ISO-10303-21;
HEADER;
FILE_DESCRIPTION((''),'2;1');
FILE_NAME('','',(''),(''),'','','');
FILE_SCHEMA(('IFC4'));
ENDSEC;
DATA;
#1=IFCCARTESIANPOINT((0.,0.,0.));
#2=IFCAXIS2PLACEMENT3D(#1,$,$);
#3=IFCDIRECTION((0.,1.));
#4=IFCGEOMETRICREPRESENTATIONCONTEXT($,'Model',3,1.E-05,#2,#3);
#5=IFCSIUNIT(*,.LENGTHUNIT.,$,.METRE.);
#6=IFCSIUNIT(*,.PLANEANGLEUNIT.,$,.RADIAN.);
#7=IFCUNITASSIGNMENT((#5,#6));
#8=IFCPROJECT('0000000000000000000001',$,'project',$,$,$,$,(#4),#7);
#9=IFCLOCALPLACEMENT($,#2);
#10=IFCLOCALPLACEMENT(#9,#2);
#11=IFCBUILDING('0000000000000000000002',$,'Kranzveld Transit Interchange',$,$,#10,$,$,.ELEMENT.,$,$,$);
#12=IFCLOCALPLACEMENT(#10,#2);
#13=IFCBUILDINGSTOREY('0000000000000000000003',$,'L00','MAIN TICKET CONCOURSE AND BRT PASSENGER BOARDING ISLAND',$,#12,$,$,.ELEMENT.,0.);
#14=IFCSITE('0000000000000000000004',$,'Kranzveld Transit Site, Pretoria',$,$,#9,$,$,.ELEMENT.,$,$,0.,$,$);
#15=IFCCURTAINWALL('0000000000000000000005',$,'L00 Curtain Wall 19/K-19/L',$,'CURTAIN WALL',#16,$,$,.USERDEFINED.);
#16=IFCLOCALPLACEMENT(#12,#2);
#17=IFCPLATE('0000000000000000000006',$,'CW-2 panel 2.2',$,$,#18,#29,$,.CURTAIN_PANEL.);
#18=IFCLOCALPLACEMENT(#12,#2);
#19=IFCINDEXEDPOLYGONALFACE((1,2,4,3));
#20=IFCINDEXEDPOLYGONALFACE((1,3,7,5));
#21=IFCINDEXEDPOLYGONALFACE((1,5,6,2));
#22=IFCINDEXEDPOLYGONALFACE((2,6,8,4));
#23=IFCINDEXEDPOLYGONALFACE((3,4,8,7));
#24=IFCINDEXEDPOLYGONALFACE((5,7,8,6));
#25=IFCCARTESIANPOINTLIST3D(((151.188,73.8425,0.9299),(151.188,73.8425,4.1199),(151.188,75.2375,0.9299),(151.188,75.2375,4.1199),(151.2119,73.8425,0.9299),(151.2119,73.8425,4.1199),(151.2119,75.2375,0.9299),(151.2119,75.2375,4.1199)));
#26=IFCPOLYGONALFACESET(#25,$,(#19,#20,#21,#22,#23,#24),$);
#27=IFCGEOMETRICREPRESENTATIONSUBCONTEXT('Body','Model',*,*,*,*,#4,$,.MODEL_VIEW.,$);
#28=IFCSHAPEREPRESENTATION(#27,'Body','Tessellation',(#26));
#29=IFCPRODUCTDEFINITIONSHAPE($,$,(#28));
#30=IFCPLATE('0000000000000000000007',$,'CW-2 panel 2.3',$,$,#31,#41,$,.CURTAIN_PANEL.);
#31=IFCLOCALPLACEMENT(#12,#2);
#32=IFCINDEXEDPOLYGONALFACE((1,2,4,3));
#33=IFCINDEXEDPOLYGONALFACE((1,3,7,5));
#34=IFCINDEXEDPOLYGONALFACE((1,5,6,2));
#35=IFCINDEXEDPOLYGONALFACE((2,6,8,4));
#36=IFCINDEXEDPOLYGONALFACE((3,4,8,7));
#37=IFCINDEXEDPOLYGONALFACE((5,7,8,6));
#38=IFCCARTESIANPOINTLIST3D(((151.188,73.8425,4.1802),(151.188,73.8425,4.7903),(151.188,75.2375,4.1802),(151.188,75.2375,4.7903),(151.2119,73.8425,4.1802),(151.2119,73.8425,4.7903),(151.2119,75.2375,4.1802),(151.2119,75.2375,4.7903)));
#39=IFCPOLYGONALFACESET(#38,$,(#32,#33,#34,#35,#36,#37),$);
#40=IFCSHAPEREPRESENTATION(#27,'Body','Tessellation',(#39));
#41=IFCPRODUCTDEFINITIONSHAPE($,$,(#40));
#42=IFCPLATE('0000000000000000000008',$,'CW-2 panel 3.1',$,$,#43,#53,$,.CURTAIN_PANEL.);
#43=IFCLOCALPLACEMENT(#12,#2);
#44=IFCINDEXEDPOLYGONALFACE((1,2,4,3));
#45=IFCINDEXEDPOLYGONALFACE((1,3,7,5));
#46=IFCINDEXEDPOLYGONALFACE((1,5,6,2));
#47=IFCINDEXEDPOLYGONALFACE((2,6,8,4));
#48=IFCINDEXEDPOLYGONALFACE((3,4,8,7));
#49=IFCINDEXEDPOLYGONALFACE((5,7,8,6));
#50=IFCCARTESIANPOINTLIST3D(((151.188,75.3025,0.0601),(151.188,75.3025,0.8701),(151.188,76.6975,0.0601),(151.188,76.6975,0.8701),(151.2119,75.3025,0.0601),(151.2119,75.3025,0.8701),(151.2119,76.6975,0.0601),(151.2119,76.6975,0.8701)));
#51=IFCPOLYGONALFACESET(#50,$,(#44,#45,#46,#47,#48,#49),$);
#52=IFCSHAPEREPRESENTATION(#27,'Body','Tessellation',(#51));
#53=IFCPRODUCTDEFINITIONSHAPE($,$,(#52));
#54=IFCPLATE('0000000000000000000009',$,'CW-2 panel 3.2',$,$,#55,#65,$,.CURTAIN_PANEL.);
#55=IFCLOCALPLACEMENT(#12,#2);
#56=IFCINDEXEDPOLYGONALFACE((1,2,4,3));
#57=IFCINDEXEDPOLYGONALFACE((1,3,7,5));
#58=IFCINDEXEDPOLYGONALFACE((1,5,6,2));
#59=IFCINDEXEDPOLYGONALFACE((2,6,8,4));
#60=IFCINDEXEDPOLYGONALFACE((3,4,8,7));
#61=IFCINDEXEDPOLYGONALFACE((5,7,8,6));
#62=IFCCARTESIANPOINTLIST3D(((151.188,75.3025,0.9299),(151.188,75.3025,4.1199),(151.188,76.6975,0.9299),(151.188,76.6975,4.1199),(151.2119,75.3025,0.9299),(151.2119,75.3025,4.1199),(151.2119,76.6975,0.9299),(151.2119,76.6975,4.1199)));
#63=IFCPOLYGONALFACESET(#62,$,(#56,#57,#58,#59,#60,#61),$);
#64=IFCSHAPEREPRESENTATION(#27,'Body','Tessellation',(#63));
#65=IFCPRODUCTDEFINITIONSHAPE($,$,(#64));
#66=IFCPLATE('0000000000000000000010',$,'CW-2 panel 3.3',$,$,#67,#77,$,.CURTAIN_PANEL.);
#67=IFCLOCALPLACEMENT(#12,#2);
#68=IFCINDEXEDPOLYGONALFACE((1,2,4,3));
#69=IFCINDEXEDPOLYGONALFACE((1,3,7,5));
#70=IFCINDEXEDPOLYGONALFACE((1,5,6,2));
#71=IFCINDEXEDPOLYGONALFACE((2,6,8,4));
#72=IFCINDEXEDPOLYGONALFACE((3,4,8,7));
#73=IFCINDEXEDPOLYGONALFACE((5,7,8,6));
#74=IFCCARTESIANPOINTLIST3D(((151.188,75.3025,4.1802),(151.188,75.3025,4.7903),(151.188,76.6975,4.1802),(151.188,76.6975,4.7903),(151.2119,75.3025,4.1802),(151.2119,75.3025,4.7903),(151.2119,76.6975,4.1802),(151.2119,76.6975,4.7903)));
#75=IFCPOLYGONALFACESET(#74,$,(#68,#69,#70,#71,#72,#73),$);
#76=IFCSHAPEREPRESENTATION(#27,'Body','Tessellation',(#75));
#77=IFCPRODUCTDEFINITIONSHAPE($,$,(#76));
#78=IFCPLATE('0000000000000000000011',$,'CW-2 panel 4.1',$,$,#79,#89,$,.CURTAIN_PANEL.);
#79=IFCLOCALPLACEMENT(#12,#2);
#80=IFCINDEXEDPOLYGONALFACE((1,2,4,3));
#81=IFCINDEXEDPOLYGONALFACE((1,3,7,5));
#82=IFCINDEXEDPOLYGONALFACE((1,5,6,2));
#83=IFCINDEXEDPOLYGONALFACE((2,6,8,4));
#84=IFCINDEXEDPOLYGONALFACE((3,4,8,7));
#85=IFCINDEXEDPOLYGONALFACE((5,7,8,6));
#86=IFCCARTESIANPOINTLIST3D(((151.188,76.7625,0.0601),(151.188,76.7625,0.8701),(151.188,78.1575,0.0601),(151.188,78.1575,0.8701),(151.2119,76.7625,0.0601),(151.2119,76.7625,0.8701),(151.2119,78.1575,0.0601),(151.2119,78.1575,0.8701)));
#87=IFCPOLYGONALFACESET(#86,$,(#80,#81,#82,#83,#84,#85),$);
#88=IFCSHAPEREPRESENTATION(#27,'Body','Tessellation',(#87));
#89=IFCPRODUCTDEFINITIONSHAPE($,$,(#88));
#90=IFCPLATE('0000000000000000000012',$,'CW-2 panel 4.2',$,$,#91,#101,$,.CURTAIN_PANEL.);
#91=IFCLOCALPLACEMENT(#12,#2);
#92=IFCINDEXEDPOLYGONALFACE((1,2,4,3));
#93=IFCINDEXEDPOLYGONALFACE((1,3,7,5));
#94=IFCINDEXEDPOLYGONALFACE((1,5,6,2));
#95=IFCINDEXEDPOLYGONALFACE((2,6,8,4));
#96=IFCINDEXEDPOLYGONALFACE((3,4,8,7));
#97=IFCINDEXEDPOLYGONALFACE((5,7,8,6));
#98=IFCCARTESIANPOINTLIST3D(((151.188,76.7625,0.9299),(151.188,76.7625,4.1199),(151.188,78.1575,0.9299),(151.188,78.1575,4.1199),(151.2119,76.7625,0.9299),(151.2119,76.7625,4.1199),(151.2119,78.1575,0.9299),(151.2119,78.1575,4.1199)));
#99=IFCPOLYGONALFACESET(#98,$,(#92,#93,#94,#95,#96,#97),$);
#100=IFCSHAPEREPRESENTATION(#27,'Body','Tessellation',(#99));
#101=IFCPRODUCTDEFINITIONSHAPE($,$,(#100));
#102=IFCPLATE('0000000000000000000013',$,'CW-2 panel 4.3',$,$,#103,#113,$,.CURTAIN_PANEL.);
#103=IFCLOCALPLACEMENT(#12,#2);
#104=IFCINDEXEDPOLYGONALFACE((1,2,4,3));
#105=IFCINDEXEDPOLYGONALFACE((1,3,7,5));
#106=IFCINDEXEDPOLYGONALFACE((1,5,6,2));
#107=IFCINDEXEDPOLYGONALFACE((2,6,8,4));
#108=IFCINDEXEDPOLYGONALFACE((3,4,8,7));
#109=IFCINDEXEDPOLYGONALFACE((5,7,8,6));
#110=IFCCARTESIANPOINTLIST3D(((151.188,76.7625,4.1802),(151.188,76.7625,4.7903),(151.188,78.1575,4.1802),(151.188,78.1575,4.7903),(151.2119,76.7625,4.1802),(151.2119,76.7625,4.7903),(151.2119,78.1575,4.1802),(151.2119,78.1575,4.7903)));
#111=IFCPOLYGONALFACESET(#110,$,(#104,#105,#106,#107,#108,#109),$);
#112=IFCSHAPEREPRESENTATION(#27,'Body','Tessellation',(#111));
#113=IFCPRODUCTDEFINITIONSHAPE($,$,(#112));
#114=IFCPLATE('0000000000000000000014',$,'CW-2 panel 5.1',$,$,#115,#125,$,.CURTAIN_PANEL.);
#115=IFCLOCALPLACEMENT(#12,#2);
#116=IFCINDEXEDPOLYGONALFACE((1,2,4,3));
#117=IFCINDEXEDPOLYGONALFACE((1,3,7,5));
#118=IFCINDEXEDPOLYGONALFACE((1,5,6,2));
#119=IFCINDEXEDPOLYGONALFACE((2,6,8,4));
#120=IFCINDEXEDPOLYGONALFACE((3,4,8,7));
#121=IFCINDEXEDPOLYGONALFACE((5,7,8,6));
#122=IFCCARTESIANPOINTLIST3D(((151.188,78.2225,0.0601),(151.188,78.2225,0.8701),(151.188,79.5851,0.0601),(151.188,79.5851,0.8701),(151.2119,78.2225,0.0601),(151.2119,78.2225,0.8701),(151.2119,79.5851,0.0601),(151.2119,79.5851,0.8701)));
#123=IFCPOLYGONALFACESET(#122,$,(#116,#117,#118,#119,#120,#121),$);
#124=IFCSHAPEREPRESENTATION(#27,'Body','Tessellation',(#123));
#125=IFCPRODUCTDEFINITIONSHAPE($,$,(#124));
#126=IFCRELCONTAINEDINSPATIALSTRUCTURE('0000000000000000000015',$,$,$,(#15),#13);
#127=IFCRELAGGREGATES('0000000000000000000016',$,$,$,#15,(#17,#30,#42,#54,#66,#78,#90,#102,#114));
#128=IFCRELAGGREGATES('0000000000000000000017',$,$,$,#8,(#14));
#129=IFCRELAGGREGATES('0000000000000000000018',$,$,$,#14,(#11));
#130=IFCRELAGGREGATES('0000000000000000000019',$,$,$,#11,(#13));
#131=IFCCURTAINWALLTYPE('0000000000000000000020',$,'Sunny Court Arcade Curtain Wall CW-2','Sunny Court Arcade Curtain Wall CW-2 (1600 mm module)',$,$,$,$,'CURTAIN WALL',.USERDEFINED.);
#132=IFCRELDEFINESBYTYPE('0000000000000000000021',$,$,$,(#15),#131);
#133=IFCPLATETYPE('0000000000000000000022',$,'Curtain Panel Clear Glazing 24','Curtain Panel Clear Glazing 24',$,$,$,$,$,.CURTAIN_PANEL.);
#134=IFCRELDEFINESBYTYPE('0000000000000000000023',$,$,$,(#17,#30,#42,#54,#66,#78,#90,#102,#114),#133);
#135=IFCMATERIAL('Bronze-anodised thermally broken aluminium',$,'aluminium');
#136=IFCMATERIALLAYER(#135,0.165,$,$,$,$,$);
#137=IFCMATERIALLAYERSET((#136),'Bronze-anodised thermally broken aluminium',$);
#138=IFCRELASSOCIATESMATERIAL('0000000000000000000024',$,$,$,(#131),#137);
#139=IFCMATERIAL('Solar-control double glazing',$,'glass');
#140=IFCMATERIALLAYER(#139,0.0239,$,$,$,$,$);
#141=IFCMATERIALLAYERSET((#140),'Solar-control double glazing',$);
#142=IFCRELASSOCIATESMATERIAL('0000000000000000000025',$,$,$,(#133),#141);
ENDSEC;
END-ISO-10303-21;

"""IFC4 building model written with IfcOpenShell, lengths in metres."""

from ifc_helpers import new_model, si_unit, direction, frame, origin, origin_2d, place, context, subcontext, project, spatial, rectangle, extrude, material, layer, layer_set, type_object, element, aggregate, save


model = new_model("IFC4")

# Units and contexts
model_context = context("Model", 3, precision=1e-05, world=origin(), true_north=direction((0.0, 1.0)))
body_context = subcontext(model_context, "Body", "Model", "MODEL_VIEW")
ifc_project = project(units=[si_unit("LENGTHUNIT", "METRE"), si_unit("PLANEANGLEUNIT", "RADIAN")], contexts=[model_context])

# Site, building, storey
site_placement = place(None, origin())
site = spatial("IfcSite", under=ifc_project, at=site_placement, Name="Kranzveld Transit Site, Pretoria", CompositionType="ELEMENT", RefElevation=0.0)
building_placement = place(site_placement, origin())
building = spatial("IfcBuilding", under=site, at=building_placement, Name="Kranzveld Transit Interchange", CompositionType="ELEMENT")
storey_placement = place(building_placement, origin())
storey = spatial("IfcBuildingStorey", under=building, at=storey_placement, Name="L00", Description="MAIN TICKET CONCOURSE AND BRT PASSENGER BOARDING ISLAND", CompositionType="ELEMENT", Elevation=0.0)

# Curtain wall, plates
ifc_material_1 = material(Name="Bronze-anodised thermally broken aluminium", Category="aluminium")
ifc_layer_1 = layer(ifc_material_1, 0.165)
ifc_layer_set_1 = layer_set([ifc_layer_1], Name="Bronze-anodised thermally broken aluminium")
curtain_wall_type = type_object("IfcCurtainWallType", Name="Sunny Court Arcade Curtain Wall CW-2", Description="Sunny Court Arcade Curtain Wall CW-2 (1600 mm module)", ElementType="CURTAIN WALL", PredefinedType="USERDEFINED", material=ifc_layer_set_1)
curtain_wall_placement = place(storey_placement, origin())
curtain_wall = element("IfcCurtainWall", 1, at=curtain_wall_placement, inside=storey, type_object=curtain_wall_type, Name="L00 Curtain Wall 19/K-19/L", ObjectType="CURTAIN WALL", PredefinedType="USERDEFINED")
ifc_material_2 = material(Name="Solar-control double glazing", Category="glass")
ifc_layer_2 = layer(ifc_material_2, 0.0239)
ifc_layer_set_2 = layer_set([ifc_layer_2], Name="Solar-control double glazing")
plate_type = type_object("IfcPlateType", Name="Curtain Panel Clear Glazing 24", Description="Curtain Panel Clear Glazing 24", PredefinedType="CURTAIN_PANEL", material=ifc_layer_set_2)
plate_1_placement = place(storey_placement, frame((151.2, 74.54, 0.9299), z_axis=(0.0, 0.0, 1.0), x_axis=(0.0, 1.0, 0.0)))
plate_1 = element("IfcPlate", 2, at=plate_1_placement, type_object=plate_type, Name="CW-2 panel 2.2", PredefinedType="CURTAIN_PANEL", context=body_context, shape_type="SweptSolid", body=[
    extrude(rectangle(XDim=1.395, YDim=0.0239, at=origin_2d()), origin(), (0.0, 0.0, 1.0), 3.1899),
])
plate_2_placement = place(storey_placement, frame((151.2, 74.54, 4.1802), z_axis=(0.0, 0.0, 1.0), x_axis=(0.0, 1.0, 0.0)))
plate_2 = element("IfcPlate", 3, at=plate_2_placement, type_object=plate_type, Name="CW-2 panel 2.3", PredefinedType="CURTAIN_PANEL", context=body_context, shape_type="SweptSolid", body=[
    extrude(rectangle(XDim=1.395, YDim=0.0239, at=origin_2d()), origin(), (0.0, 0.0, 1.0), 0.6101),
])
plate_3_placement = place(storey_placement, frame((151.2, 76.0, 0.0601), z_axis=(0.0, 0.0, 1.0), x_axis=(0.0, 1.0, 0.0)))
plate_3 = element("IfcPlate", 4, at=plate_3_placement, type_object=plate_type, Name="CW-2 panel 3.1", PredefinedType="CURTAIN_PANEL", context=body_context, shape_type="SweptSolid", body=[
    extrude(rectangle(XDim=1.395, YDim=0.0239, at=origin_2d()), origin(), (0.0, 0.0, 1.0), 0.8101),
])
plate_4_placement = place(storey_placement, frame((151.2, 76.0, 0.9299), z_axis=(0.0, 0.0, 1.0), x_axis=(0.0, 1.0, 0.0)))
plate_4 = element("IfcPlate", 5, at=plate_4_placement, type_object=plate_type, Name="CW-2 panel 3.2", PredefinedType="CURTAIN_PANEL", context=body_context, shape_type="SweptSolid", body=[
    extrude(rectangle(XDim=1.395, YDim=0.0239, at=origin_2d()), origin(), (0.0, 0.0, 1.0), 3.1899),
])
plate_5_placement = place(storey_placement, frame((151.2, 76.0, 4.1802), z_axis=(0.0, 0.0, 1.0), x_axis=(0.0, 1.0, 0.0)))
plate_5 = element("IfcPlate", 6, at=plate_5_placement, type_object=plate_type, Name="CW-2 panel 3.3", PredefinedType="CURTAIN_PANEL", context=body_context, shape_type="SweptSolid", body=[
    extrude(rectangle(XDim=1.395, YDim=0.0239, at=origin_2d()), origin(), (0.0, 0.0, 1.0), 0.6101),
])
plate_6_placement = place(storey_placement, frame((151.2, 77.46, 0.0601), z_axis=(0.0, 0.0, 1.0), x_axis=(0.0, 1.0, 0.0)))
plate_6 = element("IfcPlate", 7, at=plate_6_placement, type_object=plate_type, Name="CW-2 panel 4.1", PredefinedType="CURTAIN_PANEL", context=body_context, shape_type="SweptSolid", body=[
    extrude(rectangle(XDim=1.395, YDim=0.0239, at=origin_2d()), origin(), (0.0, 0.0, 1.0), 0.8101),
])
plate_7_placement = place(storey_placement, frame((151.2, 77.46, 0.9299), z_axis=(0.0, 0.0, 1.0), x_axis=(0.0, 1.0, 0.0)))
plate_7 = element("IfcPlate", 8, at=plate_7_placement, type_object=plate_type, Name="CW-2 panel 4.2", PredefinedType="CURTAIN_PANEL", context=body_context, shape_type="SweptSolid", body=[
    extrude(rectangle(XDim=1.395, YDim=0.0239, at=origin_2d()), origin(), (0.0, 0.0, 1.0), 3.1899),
])
plate_8_placement = place(storey_placement, frame((151.2, 77.46, 4.1802), z_axis=(0.0, 0.0, 1.0), x_axis=(0.0, 1.0, 0.0)))
plate_8 = element("IfcPlate", 9, at=plate_8_placement, type_object=plate_type, Name="CW-2 panel 4.3", PredefinedType="CURTAIN_PANEL", context=body_context, shape_type="SweptSolid", body=[
    extrude(rectangle(XDim=1.395, YDim=0.0239, at=origin_2d()), origin(), (0.0, 0.0, 1.0), 0.6101),
])
plate_9_placement = place(storey_placement, frame((151.2, 78.9038, 0.0601), z_axis=(0.0, 0.0, 1.0), x_axis=(0.0, 1.0, 0.0)))
plate_9 = element("IfcPlate", 10, at=plate_9_placement, type_object=plate_type, Name="CW-2 panel 5.1", PredefinedType="CURTAIN_PANEL", context=body_context, shape_type="SweptSolid", body=[
    extrude(rectangle(XDim=1.3625, YDim=0.0239, at=origin_2d()), origin(), (0.0, 0.0, 1.0), 0.8101),
])
aggregate(curtain_wall, [plate_1, plate_2, plate_3, plate_4, plate_5, plate_6, plate_7, plate_8, plate_9])

save(model, "model.ifc")
